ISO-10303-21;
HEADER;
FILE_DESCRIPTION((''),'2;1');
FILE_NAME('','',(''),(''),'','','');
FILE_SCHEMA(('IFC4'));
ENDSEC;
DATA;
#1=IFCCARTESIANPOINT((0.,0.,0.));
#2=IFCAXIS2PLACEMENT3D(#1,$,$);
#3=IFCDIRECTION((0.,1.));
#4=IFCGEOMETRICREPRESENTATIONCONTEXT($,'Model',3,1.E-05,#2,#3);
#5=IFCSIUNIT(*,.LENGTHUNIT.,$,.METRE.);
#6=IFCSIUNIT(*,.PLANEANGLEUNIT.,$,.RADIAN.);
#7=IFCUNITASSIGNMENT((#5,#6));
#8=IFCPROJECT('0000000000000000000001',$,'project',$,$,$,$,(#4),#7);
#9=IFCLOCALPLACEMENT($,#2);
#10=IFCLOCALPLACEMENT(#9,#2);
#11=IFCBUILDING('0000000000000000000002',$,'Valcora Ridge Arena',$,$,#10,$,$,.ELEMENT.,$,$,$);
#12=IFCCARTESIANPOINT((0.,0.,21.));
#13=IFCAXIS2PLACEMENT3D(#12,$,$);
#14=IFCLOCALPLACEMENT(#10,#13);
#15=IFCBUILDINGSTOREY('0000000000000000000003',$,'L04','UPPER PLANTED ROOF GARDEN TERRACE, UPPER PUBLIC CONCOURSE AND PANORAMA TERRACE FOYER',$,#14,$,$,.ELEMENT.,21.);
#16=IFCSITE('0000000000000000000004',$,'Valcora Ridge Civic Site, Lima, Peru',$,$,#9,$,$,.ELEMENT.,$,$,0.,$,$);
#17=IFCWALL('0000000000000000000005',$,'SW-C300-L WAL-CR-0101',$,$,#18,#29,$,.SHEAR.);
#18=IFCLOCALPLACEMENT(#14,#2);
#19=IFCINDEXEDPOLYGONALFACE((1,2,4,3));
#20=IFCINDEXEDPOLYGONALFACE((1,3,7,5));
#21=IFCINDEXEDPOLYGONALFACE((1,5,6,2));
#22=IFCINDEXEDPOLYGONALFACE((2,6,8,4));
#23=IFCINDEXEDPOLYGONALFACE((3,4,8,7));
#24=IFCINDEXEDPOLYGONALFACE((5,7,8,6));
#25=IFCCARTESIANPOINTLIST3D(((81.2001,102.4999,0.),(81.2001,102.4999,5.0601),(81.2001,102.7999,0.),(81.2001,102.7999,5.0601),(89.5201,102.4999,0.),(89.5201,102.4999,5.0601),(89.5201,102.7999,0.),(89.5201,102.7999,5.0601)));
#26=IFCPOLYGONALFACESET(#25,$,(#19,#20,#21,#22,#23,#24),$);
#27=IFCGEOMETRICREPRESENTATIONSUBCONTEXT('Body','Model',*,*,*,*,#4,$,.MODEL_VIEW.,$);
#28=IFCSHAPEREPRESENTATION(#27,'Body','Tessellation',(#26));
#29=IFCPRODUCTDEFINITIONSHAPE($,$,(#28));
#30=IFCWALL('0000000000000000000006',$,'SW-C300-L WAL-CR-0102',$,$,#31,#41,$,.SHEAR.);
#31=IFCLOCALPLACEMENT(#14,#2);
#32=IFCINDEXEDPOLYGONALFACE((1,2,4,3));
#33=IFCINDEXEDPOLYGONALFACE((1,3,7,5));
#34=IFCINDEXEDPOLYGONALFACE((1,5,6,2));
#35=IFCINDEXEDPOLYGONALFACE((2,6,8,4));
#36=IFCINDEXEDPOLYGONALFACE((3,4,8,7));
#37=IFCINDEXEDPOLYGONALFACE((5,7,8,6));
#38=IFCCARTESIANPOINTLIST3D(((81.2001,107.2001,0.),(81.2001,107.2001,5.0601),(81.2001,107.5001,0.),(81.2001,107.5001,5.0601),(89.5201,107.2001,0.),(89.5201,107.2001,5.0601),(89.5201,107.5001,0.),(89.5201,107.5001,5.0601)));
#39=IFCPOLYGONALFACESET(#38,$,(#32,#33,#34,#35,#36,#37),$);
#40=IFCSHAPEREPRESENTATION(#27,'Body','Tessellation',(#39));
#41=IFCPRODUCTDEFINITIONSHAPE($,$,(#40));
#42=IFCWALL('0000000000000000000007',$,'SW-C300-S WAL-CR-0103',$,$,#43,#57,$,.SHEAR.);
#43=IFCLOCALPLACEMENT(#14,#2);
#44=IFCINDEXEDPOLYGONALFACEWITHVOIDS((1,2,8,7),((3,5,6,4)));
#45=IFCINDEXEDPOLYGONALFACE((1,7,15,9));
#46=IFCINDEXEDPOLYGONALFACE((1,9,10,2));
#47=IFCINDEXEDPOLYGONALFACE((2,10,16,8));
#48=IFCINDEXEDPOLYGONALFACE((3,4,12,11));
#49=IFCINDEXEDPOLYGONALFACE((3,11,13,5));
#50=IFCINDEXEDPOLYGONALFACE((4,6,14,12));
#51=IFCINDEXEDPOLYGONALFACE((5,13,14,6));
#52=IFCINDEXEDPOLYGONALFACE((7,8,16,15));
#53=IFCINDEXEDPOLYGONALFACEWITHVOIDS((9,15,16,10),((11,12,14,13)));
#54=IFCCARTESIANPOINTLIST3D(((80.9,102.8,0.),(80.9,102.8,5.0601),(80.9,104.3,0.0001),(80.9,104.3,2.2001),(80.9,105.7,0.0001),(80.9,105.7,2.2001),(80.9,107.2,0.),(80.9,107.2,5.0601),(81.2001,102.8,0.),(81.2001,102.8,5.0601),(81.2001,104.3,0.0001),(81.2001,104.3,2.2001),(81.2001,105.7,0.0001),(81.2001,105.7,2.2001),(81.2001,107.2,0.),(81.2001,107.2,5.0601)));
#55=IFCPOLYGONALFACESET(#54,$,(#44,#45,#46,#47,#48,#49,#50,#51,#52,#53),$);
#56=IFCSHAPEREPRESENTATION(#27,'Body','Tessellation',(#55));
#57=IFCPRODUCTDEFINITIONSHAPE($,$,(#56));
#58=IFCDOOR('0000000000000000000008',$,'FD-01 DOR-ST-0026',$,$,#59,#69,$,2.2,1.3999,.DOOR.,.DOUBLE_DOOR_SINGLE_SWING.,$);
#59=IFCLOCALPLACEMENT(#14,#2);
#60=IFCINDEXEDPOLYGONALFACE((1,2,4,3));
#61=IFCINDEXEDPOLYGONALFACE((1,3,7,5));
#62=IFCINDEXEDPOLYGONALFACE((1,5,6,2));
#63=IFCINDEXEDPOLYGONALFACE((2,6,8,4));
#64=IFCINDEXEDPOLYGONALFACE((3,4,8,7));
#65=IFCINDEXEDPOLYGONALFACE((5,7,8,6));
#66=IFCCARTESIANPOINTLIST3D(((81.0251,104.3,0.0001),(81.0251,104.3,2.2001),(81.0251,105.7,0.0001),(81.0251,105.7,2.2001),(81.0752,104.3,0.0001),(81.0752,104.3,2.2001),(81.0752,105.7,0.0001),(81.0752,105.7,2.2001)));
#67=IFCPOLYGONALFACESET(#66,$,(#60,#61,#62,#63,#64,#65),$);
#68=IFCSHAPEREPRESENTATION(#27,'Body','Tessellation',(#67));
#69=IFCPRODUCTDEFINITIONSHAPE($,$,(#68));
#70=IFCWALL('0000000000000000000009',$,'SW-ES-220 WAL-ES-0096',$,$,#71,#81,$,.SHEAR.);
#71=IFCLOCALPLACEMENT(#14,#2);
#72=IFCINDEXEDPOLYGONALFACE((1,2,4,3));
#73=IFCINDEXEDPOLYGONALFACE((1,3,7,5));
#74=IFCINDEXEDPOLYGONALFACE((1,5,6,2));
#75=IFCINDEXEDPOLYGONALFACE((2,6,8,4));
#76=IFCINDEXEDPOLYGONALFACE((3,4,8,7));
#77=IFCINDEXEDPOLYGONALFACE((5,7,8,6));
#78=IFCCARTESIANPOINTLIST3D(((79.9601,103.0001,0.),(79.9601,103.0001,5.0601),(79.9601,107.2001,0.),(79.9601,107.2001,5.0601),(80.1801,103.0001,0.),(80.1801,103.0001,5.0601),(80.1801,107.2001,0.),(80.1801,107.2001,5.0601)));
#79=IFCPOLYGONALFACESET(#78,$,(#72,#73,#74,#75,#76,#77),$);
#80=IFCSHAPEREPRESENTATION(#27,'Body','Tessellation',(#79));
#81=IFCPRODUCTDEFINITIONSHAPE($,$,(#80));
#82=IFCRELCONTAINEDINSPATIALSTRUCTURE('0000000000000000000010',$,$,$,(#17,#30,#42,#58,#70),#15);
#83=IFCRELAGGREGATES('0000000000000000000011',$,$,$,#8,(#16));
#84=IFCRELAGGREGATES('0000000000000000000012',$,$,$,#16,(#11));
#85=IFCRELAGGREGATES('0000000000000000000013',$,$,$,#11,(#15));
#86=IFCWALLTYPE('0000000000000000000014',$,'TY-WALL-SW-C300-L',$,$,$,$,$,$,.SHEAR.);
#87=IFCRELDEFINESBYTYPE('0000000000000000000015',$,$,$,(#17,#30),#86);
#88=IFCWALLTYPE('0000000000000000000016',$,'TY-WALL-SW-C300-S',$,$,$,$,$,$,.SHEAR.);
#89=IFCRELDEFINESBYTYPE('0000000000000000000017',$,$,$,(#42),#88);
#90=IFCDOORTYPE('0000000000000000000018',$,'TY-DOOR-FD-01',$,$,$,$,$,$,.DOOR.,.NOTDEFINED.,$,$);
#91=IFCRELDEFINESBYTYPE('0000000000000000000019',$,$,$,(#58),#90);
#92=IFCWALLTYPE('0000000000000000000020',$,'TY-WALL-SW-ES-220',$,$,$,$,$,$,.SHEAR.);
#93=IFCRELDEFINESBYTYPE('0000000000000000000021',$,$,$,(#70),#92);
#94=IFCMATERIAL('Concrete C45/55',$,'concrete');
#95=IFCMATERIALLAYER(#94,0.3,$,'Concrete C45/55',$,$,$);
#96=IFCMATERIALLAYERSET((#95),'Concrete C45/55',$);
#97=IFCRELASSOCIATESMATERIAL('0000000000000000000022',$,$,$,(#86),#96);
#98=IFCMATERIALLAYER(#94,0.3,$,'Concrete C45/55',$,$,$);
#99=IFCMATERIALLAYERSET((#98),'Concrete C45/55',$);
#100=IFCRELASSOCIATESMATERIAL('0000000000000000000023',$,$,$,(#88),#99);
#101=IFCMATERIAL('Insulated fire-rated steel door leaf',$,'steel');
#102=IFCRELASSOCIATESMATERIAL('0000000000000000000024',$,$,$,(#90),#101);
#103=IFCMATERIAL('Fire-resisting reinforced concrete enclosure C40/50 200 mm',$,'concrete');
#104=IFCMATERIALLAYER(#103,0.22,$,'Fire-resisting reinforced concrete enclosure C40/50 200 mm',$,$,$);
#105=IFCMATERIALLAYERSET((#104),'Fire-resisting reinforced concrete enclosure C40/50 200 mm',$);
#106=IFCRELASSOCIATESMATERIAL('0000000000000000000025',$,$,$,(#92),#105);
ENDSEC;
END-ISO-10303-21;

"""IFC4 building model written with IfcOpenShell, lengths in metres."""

from ifc_helpers import new_model, si_unit, direction, frame, frame_2d, origin, place, context, subcontext, project, spatial, rectangle, extrude, material, layer, layer_set, type_object, element, fill, save


model = new_model("IFC4")

# Units and contexts
model_context = context("Model", 3, precision=1e-05, world=origin(), true_north=direction((0.0, 1.0)))
body_context = subcontext(model_context, "Body", "Model", "MODEL_VIEW")
ifc_project = project(units=[si_unit("LENGTHUNIT", "METRE"), si_unit("PLANEANGLEUNIT", "RADIAN")], contexts=[model_context])

# Site, building, storey
site_placement = place(None, origin())
site = spatial("IfcSite", under=ifc_project, at=site_placement, Name="Valcora Ridge Civic Site, Lima, Peru", CompositionType="ELEMENT", RefElevation=0.0)
building_placement = place(site_placement, origin())
building = spatial("IfcBuilding", under=site, at=building_placement, Name="Valcora Ridge Arena", CompositionType="ELEMENT")
storey_placement = place(building_placement, frame((0.0, 0.0, 21.0)))
storey = spatial("IfcBuildingStorey", under=building, at=storey_placement, Name="L04", Description="UPPER PLANTED ROOF GARDEN TERRACE, UPPER PUBLIC CONCOURSE AND PANORAMA TERRACE FOYER", CompositionType="ELEMENT", Elevation=21.0)

# Walls
ifc_material_1 = material(Name="Concrete C45/55", Category="concrete")
ifc_layer_1 = layer(ifc_material_1, 0.3, Name="Concrete C45/55")
ifc_layer_set_1 = layer_set([ifc_layer_1], Name="Concrete C45/55")
wall_type_1 = type_object("IfcWallType", Name="TY-WALL-SW-C300-L", PredefinedType="SHEAR", material=ifc_layer_set_1)
for number, where, z_axis, x_axis, name in (
    (1, (81.2, 102.6499, 0.0), (0.0, 0.0, 1.0), (1.0, 0.0, 0.0), "SW-C300-L WAL-CR-0101"),
    (2, (81.2, 107.3501, 0.0), (0.0, 0.0, 1.0), (1.0, 0.0, 0.0), "SW-C300-L WAL-CR-0102"),
):
    element("IfcWall", number, at=place(storey_placement, frame(where, z_axis=z_axis, x_axis=x_axis)), inside=storey, type_object=wall_type_1, Name=name, PredefinedType="SHEAR", context=body_context, shape_type="SweptSolid", body=[
        extrude(rectangle(XDim=8.3201, YDim=0.3, at=frame_2d((4.1602, 0.0))), origin(), (0.0, 0.0, 1.0), 5.0601),
    ])

# Wall, opening, door
ifc_layer_2 = layer(ifc_material_1, 0.3, Name="Concrete C45/55")
ifc_layer_set_2 = layer_set([ifc_layer_2], Name="Concrete C45/55")
wall_type_2 = type_object("IfcWallType", Name="TY-WALL-SW-C300-S", PredefinedType="SHEAR", material=ifc_layer_set_2)
wall_1_placement = place(storey_placement, frame((81.05, 102.8, 0.0), z_axis=(0.0, 0.0, 1.0), x_axis=(0.0, 1.0, 0.0)))
wall_1 = element("IfcWall", 3, at=wall_1_placement, inside=storey, type_object=wall_type_2, Name="SW-C300-S WAL-CR-0103", PredefinedType="SHEAR", context=body_context, shape_type="SweptSolid", body=[
    extrude(rectangle(XDim=4.3999, YDim=0.3, at=frame_2d((2.2, 0.0))), origin(), (0.0, 0.0, 1.0), 5.0601),
])
opening_placement = place(wall_1_placement, frame((1.5, 0.0, 0.0)))
opening = element("IfcOpeningElement", 4, at=opening_placement, cuts=wall_1, PredefinedType="OPENING", context=body_context, shape_type="SweptSolid", body=[
    extrude(rectangle(XDim=1.3999, YDim=2.2, at=frame_2d((0.7, 1.1001))), frame((0.0, 0.1599, 0.0), z_axis=(0.0, -1.0, 0.0), x_axis=(1.0, 0.0, 0.0)), (0.0, 0.0, 1.0), 0.3201),
])
ifc_material_2 = material(Name="Insulated fire-rated steel door leaf", Category="steel")
door_type = type_object("IfcDoorType", Name="TY-DOOR-FD-01", OperationType="NOTDEFINED", PredefinedType="DOOR", material=ifc_material_2)
door_placement = place(opening_placement, origin())
door = element("IfcDoor", 5, at=door_placement, inside=storey, type_object=door_type, Name="FD-01 DOR-ST-0026", OperationType="DOUBLE_DOOR_SINGLE_SWING", OverallHeight=2.2, OverallWidth=1.3999, PredefinedType="DOOR", context=body_context, shape_type="SweptSolid", body=[
    extrude(rectangle(XDim=1.3999, YDim=2.2, at=frame_2d((0.7, 1.1001))), frame((0.0, 0.0249, 0.0), z_axis=(0.0, -1.0, 0.0), x_axis=(1.0, 0.0, 0.0)), (0.0, 0.0, 1.0), 0.05),
])
fill(opening, door)

# Wall
ifc_material_3 = material(Name="Fire-resisting reinforced concrete enclosure C40/50 200 mm", Category="concrete")
ifc_layer_3 = layer(ifc_material_3, 0.22, Name="Fire-resisting reinforced concrete enclosure C40/50 200 mm")
ifc_layer_set_3 = layer_set([ifc_layer_3], Name="Fire-resisting reinforced concrete enclosure C40/50 200 mm")
wall_type_3 = type_object("IfcWallType", Name="TY-WALL-SW-ES-220", PredefinedType="SHEAR", material=ifc_layer_set_3)
wall_2_placement = place(storey_placement, frame((80.0701, 103.0, 0.0), z_axis=(0.0, 0.0, 1.0), x_axis=(0.0, 1.0, 0.0)))
element("IfcWall", 6, at=wall_2_placement, inside=storey, type_object=wall_type_3, Name="SW-ES-220 WAL-ES-0096", PredefinedType="SHEAR", context=body_context, shape_type="SweptSolid", body=[
    extrude(rectangle(XDim=4.2, YDim=0.22, at=frame_2d((2.1001, 0.0))), origin(), (0.0, 0.0, 1.0), 5.0601),
])

save(model, "model.ifc")
